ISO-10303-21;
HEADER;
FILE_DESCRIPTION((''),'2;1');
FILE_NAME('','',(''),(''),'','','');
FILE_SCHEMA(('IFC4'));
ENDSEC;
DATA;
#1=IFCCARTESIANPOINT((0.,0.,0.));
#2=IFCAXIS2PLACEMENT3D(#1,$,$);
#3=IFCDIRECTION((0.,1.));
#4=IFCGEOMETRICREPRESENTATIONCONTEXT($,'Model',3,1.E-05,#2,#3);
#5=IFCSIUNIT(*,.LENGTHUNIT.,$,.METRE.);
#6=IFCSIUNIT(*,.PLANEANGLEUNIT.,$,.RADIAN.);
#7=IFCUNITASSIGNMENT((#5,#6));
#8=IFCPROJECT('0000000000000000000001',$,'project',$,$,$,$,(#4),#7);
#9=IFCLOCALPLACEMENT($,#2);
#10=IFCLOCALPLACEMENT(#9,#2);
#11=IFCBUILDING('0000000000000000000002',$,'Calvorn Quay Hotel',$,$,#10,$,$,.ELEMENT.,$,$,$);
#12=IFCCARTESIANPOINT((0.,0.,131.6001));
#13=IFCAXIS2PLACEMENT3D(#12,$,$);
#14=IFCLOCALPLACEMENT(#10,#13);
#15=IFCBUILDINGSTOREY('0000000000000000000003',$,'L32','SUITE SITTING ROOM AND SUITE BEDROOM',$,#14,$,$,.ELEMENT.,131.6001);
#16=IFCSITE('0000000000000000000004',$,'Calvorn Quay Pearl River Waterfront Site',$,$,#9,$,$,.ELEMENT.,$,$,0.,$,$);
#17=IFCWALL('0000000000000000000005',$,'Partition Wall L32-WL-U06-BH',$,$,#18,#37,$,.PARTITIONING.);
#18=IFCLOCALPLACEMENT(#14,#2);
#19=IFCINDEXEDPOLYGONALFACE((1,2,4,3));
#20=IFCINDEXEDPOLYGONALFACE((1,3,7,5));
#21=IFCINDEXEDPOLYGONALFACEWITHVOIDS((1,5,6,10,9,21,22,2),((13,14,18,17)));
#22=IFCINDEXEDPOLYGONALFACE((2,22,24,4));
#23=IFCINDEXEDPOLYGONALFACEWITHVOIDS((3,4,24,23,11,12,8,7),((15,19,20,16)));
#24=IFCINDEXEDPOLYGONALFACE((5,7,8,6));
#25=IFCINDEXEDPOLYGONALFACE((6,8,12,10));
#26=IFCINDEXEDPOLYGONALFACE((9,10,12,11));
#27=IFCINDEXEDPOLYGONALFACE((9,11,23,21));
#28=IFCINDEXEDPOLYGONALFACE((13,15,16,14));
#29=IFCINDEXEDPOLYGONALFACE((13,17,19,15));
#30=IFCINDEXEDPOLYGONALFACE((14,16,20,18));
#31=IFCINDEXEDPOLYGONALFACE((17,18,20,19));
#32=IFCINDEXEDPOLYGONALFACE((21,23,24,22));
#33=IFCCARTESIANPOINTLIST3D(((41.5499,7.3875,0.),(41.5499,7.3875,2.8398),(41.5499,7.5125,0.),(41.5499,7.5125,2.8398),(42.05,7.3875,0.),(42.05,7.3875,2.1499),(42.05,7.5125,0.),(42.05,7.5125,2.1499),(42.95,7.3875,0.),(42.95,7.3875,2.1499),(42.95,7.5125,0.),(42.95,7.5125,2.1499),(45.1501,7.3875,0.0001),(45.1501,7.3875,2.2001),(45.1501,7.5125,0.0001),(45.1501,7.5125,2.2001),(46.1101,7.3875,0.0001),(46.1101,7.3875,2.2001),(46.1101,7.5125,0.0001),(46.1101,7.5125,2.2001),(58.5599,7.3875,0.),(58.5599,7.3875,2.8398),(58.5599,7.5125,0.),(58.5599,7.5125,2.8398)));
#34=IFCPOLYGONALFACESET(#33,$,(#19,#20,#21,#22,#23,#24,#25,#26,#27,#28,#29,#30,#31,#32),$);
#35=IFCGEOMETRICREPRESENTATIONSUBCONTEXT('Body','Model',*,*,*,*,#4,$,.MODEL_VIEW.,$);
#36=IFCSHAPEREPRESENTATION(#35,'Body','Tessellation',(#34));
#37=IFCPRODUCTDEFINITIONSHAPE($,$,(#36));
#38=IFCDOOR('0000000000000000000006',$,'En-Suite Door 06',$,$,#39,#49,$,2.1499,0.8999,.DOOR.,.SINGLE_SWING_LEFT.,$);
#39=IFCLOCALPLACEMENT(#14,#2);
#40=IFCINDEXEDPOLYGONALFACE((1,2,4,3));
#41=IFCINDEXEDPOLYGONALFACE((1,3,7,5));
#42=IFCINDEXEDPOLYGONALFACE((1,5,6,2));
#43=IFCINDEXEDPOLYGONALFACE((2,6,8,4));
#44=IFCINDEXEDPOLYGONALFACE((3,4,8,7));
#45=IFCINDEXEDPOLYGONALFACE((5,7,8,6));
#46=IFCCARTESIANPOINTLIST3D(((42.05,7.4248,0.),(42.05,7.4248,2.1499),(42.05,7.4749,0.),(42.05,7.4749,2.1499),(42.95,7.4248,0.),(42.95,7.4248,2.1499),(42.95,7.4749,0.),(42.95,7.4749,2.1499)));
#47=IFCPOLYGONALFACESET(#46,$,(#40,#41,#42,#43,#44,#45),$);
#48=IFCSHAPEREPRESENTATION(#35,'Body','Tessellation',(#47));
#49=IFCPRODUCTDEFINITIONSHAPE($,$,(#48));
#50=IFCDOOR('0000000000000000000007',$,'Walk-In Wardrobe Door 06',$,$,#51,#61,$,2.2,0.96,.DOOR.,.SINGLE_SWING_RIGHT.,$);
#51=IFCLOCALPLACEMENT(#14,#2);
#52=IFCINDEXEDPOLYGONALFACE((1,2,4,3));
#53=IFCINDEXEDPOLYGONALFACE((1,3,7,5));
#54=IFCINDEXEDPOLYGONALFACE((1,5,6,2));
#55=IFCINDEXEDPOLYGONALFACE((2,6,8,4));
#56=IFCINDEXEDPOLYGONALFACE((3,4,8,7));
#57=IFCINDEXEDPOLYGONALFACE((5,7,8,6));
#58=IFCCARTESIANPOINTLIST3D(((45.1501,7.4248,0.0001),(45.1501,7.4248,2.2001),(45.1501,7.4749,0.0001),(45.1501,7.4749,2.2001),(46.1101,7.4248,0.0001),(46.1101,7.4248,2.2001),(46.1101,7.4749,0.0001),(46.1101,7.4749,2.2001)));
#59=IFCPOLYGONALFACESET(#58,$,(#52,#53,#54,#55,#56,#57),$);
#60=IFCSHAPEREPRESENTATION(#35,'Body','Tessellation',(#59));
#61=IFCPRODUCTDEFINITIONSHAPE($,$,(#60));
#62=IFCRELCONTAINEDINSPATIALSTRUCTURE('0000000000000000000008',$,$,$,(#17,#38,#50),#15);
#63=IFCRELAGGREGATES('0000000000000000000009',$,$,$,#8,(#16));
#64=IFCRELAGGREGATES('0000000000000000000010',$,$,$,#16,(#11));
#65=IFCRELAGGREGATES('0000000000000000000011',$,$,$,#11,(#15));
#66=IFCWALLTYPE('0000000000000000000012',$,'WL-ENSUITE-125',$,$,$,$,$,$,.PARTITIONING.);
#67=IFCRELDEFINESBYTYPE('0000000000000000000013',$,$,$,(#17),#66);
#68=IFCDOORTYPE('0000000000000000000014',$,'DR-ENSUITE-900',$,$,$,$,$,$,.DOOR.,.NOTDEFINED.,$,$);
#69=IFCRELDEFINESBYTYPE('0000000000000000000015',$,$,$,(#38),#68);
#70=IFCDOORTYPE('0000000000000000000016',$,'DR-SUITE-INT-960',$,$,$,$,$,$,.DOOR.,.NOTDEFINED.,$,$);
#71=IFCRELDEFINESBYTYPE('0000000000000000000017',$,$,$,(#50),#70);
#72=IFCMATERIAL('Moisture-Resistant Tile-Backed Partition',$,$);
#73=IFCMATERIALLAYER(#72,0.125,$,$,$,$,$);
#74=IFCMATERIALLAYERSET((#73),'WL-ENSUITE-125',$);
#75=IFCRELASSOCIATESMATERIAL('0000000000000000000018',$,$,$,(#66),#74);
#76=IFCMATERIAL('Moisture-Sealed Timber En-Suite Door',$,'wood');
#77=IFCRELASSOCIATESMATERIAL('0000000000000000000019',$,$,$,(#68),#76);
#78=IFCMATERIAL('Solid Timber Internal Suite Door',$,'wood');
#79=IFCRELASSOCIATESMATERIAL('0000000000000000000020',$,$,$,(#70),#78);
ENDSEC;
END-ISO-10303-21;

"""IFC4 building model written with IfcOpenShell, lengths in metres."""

from ifc_helpers import new_model, si_unit, direction, frame, frame_2d, origin, place, context, subcontext, project, spatial, rectangle, extrude, material, layer, layer_set, type_object, element, fill, save


model = new_model("IFC4")

# Units and contexts
model_context = context("Model", 3, precision=1e-05, world=origin(), true_north=direction((0.0, 1.0)))
body_context = subcontext(model_context, "Body", "Model", "MODEL_VIEW")
ifc_project = project(units=[si_unit("LENGTHUNIT", "METRE"), si_unit("PLANEANGLEUNIT", "RADIAN")], contexts=[model_context])

# Site, building, storey
site_placement = place(None, origin())
site = spatial("IfcSite", under=ifc_project, at=site_placement, Name="Calvorn Quay Pearl River Waterfront Site", CompositionType="ELEMENT", RefElevation=0.0)
building_placement = place(site_placement, origin())
building = spatial("IfcBuilding", under=site, at=building_placement, Name="Calvorn Quay Hotel", CompositionType="ELEMENT")
storey_placement = place(building_placement, frame((0.0, 0.0, 131.6001)))
storey = spatial("IfcBuildingStorey", under=building, at=storey_placement, Name="L32", Description="SUITE SITTING ROOM AND SUITE BEDROOM", CompositionType="ELEMENT", Elevation=131.6001)

# Wall, openings, doors
ifc_material_1 = material(Name="Moisture-Resistant Tile-Backed Partition")
ifc_layer_1 = layer(ifc_material_1, 0.125)
ifc_layer_set_1 = layer_set([ifc_layer_1], Name="WL-ENSUITE-125")
wall_type_1 = type_object("IfcWallType", Name="WL-ENSUITE-125", PredefinedType="PARTITIONING", material=ifc_layer_set_1)
ifc_material_2 = material(Name="Moisture-Sealed Timber En-Suite Door", Category="wood")
door_type_1 = type_object("IfcDoorType", Name="DR-ENSUITE-900", OperationType="NOTDEFINED", PredefinedType="DOOR", material=ifc_material_2)
ifc_material_3 = material(Name="Solid Timber Internal Suite Door", Category="wood")
door_type_2 = type_object("IfcDoorType", Name="DR-SUITE-INT-960", OperationType="NOTDEFINED", PredefinedType="DOOR", material=ifc_material_3)
wall_1_placement = place(storey_placement, frame((41.55, 7.45, 0.0), z_axis=(0.0, 0.0, 1.0), x_axis=(1.0, 0.0, 0.0)))
wall_1 = element("IfcWall", 1, at=wall_1_placement, inside=storey, type_object=wall_type_1, Name="Partition Wall L32-WL-U06-BH", PredefinedType="PARTITIONING", context=body_context, shape_type="SweptSolid", body=[
    extrude(rectangle(XDim=17.01, YDim=0.125, at=frame_2d((8.5049, 0.0))), origin(), (0.0, 0.0, 1.0), 2.8398),
])
opening_1_placement = place(wall_1_placement, frame((0.5, 0.0, 0.0)))
opening_1 = element("IfcOpeningElement", 2, at=opening_1_placement, cuts=wall_1, PredefinedType="OPENING", context=body_context, shape_type="SweptSolid", body=[
    extrude(rectangle(XDim=0.8999, YDim=2.1499, at=frame_2d((0.45, 1.075))), frame((0.0, 0.0725, 0.0), z_axis=(0.0, -1.0, 0.0), x_axis=(1.0, 0.0, 0.0)), (0.0, 0.0, 1.0), 0.145),
])
opening_2_placement = place(wall_1_placement, frame((3.6001, 0.0, 0.0)))
opening_2 = element("IfcOpeningElement", 3, at=opening_2_placement, cuts=wall_1, PredefinedType="OPENING", context=body_context, shape_type="SweptSolid", body=[
    extrude(rectangle(XDim=0.96, YDim=2.2, at=frame_2d((0.48, 1.1001))), frame((0.0, 0.0725, 0.0), z_axis=(0.0, -1.0, 0.0), x_axis=(1.0, 0.0, 0.0)), (0.0, 0.0, 1.0), 0.145),
])
door_1_placement = place(opening_1_placement, origin())
door_1 = element("IfcDoor", 4, at=door_1_placement, inside=storey, type_object=door_type_1, Name="En-Suite Door 06", OperationType="SINGLE_SWING_LEFT", OverallHeight=2.1499, OverallWidth=0.8999, PredefinedType="DOOR", context=body_context, shape_type="SweptSolid", body=[
    extrude(rectangle(XDim=0.8999, YDim=2.1499, at=frame_2d((0.45, 1.075))), frame((0.0, 0.0249, 0.0), z_axis=(0.0, -1.0, 0.0), x_axis=(1.0, 0.0, 0.0)), (0.0, 0.0, 1.0), 0.05),
])
fill(opening_1, door_1)
door_2_placement = place(opening_2_placement, origin())
door_2 = element("IfcDoor", 5, at=door_2_placement, inside=storey, type_object=door_type_2, Name="Walk-In Wardrobe Door 06", OperationType="SINGLE_SWING_RIGHT", OverallHeight=2.2, OverallWidth=0.96, PredefinedType="DOOR", context=body_context, shape_type="SweptSolid", body=[
    extrude(rectangle(XDim=0.96, YDim=2.2, at=frame_2d((0.48, 1.1001))), frame((0.0, 0.0249, 0.0), z_axis=(0.0, -1.0, 0.0), x_axis=(1.0, 0.0, 0.0)), (0.0, 0.0, 1.0), 0.05),
])
fill(opening_2, door_2)

save(model, "model.ifc")
